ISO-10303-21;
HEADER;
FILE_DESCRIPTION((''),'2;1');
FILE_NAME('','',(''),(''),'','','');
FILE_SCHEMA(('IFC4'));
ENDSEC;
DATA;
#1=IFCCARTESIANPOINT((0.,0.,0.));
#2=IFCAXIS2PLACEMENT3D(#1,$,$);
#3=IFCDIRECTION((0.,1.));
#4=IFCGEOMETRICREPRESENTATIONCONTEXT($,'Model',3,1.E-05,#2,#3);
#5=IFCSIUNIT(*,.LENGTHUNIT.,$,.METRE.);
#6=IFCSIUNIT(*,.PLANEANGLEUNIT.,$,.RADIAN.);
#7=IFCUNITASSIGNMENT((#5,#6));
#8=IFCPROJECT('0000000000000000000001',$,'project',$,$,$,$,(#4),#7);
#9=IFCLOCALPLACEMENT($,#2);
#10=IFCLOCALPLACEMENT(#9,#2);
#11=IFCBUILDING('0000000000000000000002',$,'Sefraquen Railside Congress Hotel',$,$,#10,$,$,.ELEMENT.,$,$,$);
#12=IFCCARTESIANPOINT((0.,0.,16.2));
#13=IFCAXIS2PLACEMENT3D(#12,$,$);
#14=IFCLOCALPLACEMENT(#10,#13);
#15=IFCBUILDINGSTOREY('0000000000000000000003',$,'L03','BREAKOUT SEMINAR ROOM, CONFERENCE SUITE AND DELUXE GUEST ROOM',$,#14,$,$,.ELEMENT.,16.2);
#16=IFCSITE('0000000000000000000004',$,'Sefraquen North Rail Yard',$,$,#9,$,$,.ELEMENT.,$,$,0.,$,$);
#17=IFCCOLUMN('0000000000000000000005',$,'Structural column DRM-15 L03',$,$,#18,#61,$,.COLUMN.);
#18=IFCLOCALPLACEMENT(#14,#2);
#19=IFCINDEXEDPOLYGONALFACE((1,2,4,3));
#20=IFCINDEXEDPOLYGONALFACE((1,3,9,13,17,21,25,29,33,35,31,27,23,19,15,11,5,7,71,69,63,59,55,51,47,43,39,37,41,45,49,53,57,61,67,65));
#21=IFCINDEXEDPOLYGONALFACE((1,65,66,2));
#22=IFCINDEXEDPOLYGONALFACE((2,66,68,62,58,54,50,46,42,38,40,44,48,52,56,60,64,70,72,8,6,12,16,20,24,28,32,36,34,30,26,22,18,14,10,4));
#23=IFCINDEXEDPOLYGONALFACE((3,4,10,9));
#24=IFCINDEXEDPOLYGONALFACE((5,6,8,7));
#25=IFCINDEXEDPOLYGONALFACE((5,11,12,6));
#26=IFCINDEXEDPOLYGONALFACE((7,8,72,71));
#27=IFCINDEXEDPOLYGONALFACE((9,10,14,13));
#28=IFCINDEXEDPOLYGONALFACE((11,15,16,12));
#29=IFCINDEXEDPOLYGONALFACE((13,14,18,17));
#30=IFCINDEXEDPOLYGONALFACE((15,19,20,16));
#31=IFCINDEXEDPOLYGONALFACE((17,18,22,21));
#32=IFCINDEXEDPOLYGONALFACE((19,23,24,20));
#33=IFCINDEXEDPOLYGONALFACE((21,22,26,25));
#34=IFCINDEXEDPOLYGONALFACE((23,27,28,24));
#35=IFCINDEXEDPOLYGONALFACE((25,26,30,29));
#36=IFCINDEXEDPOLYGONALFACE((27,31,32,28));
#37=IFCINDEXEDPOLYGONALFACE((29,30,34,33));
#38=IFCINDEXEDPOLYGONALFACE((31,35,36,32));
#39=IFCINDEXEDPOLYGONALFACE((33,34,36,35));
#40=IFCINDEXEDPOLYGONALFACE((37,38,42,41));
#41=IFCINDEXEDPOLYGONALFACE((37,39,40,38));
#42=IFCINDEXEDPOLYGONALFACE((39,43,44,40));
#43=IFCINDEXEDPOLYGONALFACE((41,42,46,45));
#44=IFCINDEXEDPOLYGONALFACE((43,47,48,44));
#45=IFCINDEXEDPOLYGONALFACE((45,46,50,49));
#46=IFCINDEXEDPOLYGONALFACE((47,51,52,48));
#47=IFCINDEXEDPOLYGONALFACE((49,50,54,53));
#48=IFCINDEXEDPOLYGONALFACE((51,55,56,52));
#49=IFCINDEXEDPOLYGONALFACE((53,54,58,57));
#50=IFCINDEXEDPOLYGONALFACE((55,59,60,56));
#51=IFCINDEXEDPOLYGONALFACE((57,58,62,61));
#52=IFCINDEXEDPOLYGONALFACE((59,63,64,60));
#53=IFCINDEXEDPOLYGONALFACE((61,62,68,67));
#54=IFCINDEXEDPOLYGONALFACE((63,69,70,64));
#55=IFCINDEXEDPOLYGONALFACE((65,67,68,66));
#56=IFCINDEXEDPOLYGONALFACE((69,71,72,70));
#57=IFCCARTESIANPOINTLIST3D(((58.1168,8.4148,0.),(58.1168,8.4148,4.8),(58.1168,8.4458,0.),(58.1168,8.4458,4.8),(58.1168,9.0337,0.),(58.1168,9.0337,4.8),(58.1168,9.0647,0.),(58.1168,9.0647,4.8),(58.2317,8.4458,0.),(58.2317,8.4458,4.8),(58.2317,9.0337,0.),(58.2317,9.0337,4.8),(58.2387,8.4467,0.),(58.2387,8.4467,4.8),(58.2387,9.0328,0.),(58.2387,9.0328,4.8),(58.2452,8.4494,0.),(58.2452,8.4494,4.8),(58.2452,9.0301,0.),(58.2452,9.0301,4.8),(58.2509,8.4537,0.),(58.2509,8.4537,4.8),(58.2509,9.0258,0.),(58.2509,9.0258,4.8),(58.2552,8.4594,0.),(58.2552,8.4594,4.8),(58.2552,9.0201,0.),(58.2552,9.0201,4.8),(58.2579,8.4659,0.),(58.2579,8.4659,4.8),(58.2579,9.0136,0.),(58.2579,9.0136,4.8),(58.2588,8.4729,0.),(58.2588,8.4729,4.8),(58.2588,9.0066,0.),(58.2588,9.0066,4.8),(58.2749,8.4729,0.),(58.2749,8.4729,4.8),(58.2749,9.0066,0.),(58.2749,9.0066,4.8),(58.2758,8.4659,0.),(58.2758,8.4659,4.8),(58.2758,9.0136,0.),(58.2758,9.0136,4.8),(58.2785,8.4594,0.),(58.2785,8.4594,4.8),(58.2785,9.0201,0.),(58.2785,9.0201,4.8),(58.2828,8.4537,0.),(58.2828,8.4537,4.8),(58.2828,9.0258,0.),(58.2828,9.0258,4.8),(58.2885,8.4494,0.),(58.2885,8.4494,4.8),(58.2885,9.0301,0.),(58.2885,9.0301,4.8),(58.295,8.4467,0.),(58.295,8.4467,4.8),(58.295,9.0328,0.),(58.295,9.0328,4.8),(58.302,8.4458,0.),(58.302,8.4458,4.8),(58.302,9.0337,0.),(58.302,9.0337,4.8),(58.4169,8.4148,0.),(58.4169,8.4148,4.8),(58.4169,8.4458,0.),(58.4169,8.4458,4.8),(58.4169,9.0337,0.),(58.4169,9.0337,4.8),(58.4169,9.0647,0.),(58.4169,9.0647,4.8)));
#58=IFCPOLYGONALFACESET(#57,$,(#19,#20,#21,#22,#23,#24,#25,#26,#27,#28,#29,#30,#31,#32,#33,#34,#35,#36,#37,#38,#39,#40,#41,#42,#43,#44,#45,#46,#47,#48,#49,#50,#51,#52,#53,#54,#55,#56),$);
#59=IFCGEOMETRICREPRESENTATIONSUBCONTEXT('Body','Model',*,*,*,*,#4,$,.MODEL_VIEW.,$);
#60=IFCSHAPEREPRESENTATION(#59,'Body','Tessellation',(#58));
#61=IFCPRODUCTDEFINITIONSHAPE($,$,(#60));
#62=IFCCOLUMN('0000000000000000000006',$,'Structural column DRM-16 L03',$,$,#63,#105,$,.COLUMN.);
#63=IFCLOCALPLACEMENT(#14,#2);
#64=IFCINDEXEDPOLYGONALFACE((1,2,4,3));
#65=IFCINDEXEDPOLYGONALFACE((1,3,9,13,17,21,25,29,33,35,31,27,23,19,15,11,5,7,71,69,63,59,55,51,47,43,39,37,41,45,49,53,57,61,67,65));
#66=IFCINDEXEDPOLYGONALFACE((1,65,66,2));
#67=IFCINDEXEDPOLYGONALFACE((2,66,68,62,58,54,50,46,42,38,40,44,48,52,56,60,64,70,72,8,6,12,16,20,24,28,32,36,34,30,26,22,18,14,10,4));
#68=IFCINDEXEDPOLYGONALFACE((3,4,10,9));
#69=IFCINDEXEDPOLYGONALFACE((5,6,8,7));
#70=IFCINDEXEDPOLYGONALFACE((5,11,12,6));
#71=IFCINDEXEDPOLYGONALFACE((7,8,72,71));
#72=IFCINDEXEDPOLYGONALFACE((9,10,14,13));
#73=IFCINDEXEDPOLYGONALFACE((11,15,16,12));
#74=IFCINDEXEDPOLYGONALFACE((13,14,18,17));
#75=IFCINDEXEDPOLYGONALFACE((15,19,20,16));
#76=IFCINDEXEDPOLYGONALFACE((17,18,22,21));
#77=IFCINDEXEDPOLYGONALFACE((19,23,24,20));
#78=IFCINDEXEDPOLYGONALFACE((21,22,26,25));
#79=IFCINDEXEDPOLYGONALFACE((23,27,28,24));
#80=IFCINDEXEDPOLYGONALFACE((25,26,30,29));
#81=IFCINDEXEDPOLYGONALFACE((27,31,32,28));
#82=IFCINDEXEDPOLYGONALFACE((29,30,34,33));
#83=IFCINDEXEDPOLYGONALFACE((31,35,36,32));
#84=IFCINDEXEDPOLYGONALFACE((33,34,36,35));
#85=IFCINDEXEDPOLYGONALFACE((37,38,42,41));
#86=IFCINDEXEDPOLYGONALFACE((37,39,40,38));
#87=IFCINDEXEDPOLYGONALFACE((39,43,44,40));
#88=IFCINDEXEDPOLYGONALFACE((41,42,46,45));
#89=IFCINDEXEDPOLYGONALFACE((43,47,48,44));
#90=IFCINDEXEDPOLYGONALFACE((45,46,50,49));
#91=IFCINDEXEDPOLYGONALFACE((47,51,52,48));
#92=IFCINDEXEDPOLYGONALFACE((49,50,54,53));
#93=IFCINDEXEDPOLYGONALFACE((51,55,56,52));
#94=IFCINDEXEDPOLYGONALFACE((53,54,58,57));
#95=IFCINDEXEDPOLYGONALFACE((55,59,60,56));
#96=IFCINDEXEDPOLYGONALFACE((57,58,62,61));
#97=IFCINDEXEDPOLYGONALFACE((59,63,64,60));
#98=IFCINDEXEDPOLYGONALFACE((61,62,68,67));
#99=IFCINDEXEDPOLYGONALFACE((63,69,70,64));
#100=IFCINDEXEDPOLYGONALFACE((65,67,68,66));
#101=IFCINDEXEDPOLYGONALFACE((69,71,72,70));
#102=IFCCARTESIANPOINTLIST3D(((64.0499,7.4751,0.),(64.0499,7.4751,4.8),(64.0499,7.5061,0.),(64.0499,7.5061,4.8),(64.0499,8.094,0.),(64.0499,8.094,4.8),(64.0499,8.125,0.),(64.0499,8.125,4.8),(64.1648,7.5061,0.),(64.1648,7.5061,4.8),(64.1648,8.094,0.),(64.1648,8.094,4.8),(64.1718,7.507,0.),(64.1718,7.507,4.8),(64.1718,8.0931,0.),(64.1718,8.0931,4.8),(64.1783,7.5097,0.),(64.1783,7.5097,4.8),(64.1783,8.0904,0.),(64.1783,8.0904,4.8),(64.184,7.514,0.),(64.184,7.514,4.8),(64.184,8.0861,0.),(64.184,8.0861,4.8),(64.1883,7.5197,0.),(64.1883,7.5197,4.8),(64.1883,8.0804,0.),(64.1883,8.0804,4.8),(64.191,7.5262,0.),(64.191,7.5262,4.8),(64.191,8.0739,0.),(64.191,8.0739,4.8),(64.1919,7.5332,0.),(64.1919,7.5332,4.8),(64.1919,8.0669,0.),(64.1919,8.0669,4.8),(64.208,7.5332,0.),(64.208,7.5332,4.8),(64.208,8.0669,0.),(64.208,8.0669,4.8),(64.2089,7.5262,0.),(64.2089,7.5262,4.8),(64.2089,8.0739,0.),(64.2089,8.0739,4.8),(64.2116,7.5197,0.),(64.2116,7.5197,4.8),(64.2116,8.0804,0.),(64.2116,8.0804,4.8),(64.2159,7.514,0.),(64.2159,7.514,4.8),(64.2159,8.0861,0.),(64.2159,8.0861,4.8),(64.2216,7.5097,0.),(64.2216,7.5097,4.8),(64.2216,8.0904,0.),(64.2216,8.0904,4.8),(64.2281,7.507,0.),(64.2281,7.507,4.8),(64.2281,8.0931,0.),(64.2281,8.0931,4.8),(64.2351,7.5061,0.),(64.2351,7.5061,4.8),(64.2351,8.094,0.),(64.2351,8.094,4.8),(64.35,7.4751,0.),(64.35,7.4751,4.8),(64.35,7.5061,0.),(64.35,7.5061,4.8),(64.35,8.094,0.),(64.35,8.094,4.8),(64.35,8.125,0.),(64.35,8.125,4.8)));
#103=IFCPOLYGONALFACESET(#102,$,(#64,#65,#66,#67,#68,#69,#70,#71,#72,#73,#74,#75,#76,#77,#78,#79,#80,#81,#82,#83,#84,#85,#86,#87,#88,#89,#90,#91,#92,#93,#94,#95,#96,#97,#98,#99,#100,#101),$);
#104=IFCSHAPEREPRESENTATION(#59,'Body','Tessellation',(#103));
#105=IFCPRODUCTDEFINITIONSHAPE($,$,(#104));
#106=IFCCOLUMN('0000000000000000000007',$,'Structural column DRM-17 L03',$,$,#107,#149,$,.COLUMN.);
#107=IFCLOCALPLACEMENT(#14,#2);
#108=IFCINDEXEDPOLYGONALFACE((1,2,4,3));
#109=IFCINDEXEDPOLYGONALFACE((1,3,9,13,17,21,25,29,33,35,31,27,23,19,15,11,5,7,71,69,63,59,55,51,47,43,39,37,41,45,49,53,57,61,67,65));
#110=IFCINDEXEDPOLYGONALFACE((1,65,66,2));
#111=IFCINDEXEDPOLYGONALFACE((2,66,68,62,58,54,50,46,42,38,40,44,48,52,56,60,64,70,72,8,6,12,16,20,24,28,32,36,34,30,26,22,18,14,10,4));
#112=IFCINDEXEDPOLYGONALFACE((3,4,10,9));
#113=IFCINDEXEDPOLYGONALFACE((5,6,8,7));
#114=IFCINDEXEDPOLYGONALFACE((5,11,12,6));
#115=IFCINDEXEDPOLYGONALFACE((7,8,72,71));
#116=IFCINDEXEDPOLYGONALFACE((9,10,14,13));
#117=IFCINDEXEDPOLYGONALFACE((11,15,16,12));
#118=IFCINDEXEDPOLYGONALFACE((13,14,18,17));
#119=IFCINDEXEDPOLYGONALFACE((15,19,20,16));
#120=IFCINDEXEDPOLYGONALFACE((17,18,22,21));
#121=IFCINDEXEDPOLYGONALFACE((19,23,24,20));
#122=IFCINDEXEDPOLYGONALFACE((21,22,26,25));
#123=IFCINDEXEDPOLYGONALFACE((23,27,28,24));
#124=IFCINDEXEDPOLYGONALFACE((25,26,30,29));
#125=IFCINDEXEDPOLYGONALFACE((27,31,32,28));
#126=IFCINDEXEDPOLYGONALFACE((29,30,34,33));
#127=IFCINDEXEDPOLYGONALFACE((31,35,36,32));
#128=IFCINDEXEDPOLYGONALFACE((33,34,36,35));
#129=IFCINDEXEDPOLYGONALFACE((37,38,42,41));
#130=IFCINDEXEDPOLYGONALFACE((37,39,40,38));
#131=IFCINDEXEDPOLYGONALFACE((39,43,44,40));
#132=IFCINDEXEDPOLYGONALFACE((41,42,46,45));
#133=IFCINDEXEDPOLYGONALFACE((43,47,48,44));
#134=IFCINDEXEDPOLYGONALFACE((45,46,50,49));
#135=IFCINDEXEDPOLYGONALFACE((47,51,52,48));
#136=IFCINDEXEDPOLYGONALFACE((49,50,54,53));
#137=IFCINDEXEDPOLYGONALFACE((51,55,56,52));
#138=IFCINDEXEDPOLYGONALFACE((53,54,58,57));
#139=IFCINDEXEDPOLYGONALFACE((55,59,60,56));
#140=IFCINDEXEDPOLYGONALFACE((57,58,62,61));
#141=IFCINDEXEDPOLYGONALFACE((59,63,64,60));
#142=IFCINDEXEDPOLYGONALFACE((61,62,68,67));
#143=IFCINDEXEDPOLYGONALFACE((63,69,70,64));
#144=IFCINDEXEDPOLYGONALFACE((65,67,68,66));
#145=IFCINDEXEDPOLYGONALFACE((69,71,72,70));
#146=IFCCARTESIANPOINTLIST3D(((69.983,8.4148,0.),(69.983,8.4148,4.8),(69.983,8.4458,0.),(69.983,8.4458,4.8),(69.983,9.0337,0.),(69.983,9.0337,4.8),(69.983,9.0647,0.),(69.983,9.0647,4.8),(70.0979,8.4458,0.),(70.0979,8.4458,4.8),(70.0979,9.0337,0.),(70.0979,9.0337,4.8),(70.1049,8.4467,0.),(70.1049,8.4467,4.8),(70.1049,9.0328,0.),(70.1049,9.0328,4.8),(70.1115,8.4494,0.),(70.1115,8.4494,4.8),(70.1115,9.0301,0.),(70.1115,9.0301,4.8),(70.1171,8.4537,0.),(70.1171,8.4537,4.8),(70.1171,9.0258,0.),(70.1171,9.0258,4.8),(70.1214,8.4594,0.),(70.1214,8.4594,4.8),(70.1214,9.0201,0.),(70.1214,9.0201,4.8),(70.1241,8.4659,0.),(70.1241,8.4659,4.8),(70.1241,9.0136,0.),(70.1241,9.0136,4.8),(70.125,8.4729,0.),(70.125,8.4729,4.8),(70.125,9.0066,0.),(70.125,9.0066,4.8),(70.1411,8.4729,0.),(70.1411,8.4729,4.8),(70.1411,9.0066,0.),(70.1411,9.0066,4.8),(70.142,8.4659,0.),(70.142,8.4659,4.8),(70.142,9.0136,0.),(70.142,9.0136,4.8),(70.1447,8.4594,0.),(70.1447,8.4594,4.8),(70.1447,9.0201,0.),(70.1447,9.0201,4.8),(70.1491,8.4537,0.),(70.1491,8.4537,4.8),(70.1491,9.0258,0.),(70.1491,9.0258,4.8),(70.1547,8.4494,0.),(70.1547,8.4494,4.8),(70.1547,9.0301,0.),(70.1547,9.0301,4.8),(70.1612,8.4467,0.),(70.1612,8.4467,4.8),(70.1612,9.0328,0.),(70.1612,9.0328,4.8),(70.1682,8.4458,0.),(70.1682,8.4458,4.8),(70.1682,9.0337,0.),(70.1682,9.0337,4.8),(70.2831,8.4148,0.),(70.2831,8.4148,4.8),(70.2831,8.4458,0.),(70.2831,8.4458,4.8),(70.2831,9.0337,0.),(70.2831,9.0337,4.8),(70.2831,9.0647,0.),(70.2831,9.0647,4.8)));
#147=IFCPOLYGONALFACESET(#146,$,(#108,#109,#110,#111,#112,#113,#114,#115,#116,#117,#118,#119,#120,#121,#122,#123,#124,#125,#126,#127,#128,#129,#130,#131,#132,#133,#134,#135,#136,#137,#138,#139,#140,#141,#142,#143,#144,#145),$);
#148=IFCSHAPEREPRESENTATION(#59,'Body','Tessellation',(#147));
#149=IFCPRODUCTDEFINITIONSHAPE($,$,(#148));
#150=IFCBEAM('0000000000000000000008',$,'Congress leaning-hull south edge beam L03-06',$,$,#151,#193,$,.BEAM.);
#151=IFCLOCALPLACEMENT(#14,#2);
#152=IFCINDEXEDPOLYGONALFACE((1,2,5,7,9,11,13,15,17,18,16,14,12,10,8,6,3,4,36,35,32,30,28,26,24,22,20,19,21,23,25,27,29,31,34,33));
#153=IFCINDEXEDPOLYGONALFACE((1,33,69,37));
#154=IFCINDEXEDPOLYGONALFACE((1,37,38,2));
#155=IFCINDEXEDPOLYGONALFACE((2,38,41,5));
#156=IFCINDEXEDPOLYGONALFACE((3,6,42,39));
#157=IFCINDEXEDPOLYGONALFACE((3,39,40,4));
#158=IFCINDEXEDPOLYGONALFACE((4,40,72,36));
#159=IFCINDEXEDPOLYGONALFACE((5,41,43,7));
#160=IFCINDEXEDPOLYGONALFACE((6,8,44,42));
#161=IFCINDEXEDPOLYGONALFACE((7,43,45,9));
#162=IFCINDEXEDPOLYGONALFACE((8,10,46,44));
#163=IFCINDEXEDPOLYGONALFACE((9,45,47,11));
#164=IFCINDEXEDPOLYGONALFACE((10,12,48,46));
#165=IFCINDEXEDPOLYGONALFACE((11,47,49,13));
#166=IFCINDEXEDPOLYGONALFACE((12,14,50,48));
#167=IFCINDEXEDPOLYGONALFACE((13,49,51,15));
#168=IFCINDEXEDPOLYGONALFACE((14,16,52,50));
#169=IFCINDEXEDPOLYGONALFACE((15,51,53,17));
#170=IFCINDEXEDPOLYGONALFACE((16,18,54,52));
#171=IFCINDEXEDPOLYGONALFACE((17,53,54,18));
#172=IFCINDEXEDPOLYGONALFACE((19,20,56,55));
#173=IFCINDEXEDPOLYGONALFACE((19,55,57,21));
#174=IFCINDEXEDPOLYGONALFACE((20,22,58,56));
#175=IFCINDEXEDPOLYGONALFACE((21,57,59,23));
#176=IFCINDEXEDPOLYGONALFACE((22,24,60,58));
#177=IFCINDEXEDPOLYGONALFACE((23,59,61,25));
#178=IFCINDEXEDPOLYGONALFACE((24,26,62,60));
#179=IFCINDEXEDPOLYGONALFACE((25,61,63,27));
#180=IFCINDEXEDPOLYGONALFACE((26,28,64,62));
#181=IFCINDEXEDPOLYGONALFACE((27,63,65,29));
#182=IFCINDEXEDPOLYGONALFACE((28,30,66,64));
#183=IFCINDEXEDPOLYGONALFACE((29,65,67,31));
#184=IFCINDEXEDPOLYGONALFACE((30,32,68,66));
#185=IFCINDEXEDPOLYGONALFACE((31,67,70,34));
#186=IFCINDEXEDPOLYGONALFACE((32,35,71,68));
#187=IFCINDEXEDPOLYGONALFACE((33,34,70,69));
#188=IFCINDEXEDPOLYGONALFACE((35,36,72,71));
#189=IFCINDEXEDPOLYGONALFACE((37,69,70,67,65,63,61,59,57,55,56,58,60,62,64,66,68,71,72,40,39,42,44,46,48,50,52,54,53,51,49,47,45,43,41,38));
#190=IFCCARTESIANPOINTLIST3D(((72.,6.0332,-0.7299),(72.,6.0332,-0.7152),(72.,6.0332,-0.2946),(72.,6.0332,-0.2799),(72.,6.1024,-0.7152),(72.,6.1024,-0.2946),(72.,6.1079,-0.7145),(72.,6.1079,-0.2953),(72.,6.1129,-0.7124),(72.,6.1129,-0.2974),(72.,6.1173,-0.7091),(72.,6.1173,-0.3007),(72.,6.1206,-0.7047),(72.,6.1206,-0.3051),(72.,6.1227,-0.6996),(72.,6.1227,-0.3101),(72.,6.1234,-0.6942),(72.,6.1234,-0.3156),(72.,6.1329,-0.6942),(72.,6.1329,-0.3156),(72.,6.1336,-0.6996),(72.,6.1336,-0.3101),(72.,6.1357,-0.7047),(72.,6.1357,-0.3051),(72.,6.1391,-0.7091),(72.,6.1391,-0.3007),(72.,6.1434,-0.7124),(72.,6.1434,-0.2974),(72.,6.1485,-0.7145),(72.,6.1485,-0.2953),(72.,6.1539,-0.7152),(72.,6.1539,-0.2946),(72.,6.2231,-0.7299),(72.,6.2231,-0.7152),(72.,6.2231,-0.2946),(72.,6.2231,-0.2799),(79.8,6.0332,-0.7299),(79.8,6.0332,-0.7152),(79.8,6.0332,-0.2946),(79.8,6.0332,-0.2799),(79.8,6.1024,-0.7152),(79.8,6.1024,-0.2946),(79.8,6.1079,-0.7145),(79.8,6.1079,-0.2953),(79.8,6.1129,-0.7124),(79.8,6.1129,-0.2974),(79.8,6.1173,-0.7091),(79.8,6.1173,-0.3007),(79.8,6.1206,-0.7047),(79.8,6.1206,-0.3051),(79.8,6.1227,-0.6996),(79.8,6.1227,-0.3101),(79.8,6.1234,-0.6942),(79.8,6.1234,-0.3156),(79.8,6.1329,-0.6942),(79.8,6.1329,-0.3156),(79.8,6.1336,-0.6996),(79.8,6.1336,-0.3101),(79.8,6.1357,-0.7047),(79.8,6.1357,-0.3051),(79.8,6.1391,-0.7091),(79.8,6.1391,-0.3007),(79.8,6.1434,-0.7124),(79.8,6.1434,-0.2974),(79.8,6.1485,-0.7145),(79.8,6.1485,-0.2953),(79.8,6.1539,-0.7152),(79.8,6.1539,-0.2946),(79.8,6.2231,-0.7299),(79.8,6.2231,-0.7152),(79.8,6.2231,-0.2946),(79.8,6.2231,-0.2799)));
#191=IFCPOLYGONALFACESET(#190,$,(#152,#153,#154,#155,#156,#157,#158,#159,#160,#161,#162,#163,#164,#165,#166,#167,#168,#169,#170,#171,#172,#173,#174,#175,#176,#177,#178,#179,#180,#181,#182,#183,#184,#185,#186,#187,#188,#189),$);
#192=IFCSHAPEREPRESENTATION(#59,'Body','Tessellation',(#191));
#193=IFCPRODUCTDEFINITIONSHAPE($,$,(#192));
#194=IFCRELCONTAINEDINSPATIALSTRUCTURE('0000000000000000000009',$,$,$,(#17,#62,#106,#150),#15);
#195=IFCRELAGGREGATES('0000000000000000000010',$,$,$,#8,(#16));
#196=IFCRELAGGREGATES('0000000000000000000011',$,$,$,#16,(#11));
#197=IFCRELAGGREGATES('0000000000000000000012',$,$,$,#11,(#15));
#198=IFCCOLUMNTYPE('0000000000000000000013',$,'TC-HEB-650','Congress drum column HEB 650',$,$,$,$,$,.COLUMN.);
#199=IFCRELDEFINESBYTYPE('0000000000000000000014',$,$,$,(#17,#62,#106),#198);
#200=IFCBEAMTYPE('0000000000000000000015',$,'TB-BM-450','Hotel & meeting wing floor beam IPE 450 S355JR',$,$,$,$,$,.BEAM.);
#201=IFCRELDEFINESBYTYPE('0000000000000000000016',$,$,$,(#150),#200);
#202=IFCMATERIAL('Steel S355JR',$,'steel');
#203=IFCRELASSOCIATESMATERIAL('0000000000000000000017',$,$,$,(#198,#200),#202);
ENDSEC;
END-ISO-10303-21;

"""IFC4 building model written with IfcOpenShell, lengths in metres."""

from ifc_helpers import new_model, si_unit, direction, frame, origin, origin_2d, place, context, subcontext, project, spatial, i_section, extrude, material, material_profile, profile_set, type_object, element, save


model = new_model("IFC4")

# Units and contexts
model_context = context("Model", 3, precision=1e-05, world=origin(), true_north=direction((0.0, 1.0)))
body_context = subcontext(model_context, "Body", "Model", "MODEL_VIEW")
ifc_project = project(units=[si_unit("LENGTHUNIT", "METRE"), si_unit("PLANEANGLEUNIT", "RADIAN")], contexts=[model_context])

# Site, building, storey
site_placement = place(None, origin())
site = spatial("IfcSite", under=ifc_project, at=site_placement, Name="Sefraquen North Rail Yard", CompositionType="ELEMENT", RefElevation=0.0)
building_placement = place(site_placement, origin())
building = spatial("IfcBuilding", under=site, at=building_placement, Name="Sefraquen Railside Congress Hotel", CompositionType="ELEMENT")
storey_placement = place(building_placement, frame((0.0, 0.0, 16.2)))
storey = spatial("IfcBuildingStorey", under=building, at=storey_placement, Name="L03", Description="BREAKOUT SEMINAR ROOM, CONFERENCE SUITE AND DELUXE GUEST ROOM", CompositionType="ELEMENT", Elevation=16.2)

# Columns
ifc_material_1 = material(Name="Steel S355JR", Category="steel")
ifc_material_profile_1 = material_profile(ifc_material_1, i_section(OverallWidth=0.3, OverallDepth=0.6499, WebThickness=0.0161, FlangeThickness=0.031, FilletRadius=0.0271, at=origin_2d()), Name="HEB 650")
ifc_profile_set_1 = profile_set([ifc_material_profile_1], Name="Steel S355JR")
column_type = type_object("IfcColumnType", Name="TC-HEB-650", Description="Congress drum column HEB 650", PredefinedType="COLUMN", material=ifc_profile_set_1)
for number, where, z_axis, x_axis, name in (
    (1, (58.2668, 8.7397, 0.0), (0.0, 0.0, 1.0), (1.0, 0.0, 0.0), "Structural column DRM-15 L03"),
    (2, (64.2, 7.8, 0.0), (0.0, 0.0, 1.0), (1.0, 0.0, 0.0), "Structural column DRM-16 L03"),
    (3, (70.1331, 8.7397, 0.0), (0.0, 0.0, 1.0), (1.0, 0.0, 0.0), "Structural column DRM-17 L03"),
):
    element("IfcColumn", number, at=place(storey_placement, frame(where, z_axis=z_axis, x_axis=x_axis)), inside=storey, type_object=column_type, Name=name, PredefinedType="COLUMN", context=body_context, shape_type="SweptSolid", body=[
        extrude(i_section(OverallWidth=0.3, OverallDepth=0.6499, WebThickness=0.0161, FlangeThickness=0.031, FilletRadius=0.0271, at=origin_2d()), origin(), (0.0, 0.0, 1.0), 4.8),
    ])

# Beam
ifc_material_profile_2 = material_profile(ifc_material_1, i_section(OverallWidth=0.1899, OverallDepth=0.45, WebThickness=0.0095, FlangeThickness=0.0146, FilletRadius=0.021, at=origin_2d()), Name="IPE 450")
ifc_profile_set_2 = profile_set([ifc_material_profile_2], Name="Steel S355JR")
beam_type_1 = type_object("IfcBeamType", Name="TB-BM-450", Description="Hotel & meeting wing floor beam IPE 450 S355JR", PredefinedType="BEAM", material=ifc_profile_set_2)
for number, where, z_axis, x_axis, name in (
    (4, (72.0, 6.1282, -0.5049), (1.0, 0.0, 0.0), (0.0, 1.0, 0.0), "Congress leaning-hull south edge beam L03-06"),
):
    element("IfcBeam", number, at=place(storey_placement, frame(where, z_axis=z_axis, x_axis=x_axis)), inside=storey, type_object=beam_type_1, Name=name, PredefinedType="BEAM", context=body_context, shape_type="SweptSolid", body=[
        extrude(i_section(OverallWidth=0.1899, OverallDepth=0.45, WebThickness=0.0095, FlangeThickness=0.0146, FilletRadius=0.021, at=origin_2d()), origin(), (0.0, 0.0, 1.0), 7.8),
    ])

save(model, "model.ifc")
